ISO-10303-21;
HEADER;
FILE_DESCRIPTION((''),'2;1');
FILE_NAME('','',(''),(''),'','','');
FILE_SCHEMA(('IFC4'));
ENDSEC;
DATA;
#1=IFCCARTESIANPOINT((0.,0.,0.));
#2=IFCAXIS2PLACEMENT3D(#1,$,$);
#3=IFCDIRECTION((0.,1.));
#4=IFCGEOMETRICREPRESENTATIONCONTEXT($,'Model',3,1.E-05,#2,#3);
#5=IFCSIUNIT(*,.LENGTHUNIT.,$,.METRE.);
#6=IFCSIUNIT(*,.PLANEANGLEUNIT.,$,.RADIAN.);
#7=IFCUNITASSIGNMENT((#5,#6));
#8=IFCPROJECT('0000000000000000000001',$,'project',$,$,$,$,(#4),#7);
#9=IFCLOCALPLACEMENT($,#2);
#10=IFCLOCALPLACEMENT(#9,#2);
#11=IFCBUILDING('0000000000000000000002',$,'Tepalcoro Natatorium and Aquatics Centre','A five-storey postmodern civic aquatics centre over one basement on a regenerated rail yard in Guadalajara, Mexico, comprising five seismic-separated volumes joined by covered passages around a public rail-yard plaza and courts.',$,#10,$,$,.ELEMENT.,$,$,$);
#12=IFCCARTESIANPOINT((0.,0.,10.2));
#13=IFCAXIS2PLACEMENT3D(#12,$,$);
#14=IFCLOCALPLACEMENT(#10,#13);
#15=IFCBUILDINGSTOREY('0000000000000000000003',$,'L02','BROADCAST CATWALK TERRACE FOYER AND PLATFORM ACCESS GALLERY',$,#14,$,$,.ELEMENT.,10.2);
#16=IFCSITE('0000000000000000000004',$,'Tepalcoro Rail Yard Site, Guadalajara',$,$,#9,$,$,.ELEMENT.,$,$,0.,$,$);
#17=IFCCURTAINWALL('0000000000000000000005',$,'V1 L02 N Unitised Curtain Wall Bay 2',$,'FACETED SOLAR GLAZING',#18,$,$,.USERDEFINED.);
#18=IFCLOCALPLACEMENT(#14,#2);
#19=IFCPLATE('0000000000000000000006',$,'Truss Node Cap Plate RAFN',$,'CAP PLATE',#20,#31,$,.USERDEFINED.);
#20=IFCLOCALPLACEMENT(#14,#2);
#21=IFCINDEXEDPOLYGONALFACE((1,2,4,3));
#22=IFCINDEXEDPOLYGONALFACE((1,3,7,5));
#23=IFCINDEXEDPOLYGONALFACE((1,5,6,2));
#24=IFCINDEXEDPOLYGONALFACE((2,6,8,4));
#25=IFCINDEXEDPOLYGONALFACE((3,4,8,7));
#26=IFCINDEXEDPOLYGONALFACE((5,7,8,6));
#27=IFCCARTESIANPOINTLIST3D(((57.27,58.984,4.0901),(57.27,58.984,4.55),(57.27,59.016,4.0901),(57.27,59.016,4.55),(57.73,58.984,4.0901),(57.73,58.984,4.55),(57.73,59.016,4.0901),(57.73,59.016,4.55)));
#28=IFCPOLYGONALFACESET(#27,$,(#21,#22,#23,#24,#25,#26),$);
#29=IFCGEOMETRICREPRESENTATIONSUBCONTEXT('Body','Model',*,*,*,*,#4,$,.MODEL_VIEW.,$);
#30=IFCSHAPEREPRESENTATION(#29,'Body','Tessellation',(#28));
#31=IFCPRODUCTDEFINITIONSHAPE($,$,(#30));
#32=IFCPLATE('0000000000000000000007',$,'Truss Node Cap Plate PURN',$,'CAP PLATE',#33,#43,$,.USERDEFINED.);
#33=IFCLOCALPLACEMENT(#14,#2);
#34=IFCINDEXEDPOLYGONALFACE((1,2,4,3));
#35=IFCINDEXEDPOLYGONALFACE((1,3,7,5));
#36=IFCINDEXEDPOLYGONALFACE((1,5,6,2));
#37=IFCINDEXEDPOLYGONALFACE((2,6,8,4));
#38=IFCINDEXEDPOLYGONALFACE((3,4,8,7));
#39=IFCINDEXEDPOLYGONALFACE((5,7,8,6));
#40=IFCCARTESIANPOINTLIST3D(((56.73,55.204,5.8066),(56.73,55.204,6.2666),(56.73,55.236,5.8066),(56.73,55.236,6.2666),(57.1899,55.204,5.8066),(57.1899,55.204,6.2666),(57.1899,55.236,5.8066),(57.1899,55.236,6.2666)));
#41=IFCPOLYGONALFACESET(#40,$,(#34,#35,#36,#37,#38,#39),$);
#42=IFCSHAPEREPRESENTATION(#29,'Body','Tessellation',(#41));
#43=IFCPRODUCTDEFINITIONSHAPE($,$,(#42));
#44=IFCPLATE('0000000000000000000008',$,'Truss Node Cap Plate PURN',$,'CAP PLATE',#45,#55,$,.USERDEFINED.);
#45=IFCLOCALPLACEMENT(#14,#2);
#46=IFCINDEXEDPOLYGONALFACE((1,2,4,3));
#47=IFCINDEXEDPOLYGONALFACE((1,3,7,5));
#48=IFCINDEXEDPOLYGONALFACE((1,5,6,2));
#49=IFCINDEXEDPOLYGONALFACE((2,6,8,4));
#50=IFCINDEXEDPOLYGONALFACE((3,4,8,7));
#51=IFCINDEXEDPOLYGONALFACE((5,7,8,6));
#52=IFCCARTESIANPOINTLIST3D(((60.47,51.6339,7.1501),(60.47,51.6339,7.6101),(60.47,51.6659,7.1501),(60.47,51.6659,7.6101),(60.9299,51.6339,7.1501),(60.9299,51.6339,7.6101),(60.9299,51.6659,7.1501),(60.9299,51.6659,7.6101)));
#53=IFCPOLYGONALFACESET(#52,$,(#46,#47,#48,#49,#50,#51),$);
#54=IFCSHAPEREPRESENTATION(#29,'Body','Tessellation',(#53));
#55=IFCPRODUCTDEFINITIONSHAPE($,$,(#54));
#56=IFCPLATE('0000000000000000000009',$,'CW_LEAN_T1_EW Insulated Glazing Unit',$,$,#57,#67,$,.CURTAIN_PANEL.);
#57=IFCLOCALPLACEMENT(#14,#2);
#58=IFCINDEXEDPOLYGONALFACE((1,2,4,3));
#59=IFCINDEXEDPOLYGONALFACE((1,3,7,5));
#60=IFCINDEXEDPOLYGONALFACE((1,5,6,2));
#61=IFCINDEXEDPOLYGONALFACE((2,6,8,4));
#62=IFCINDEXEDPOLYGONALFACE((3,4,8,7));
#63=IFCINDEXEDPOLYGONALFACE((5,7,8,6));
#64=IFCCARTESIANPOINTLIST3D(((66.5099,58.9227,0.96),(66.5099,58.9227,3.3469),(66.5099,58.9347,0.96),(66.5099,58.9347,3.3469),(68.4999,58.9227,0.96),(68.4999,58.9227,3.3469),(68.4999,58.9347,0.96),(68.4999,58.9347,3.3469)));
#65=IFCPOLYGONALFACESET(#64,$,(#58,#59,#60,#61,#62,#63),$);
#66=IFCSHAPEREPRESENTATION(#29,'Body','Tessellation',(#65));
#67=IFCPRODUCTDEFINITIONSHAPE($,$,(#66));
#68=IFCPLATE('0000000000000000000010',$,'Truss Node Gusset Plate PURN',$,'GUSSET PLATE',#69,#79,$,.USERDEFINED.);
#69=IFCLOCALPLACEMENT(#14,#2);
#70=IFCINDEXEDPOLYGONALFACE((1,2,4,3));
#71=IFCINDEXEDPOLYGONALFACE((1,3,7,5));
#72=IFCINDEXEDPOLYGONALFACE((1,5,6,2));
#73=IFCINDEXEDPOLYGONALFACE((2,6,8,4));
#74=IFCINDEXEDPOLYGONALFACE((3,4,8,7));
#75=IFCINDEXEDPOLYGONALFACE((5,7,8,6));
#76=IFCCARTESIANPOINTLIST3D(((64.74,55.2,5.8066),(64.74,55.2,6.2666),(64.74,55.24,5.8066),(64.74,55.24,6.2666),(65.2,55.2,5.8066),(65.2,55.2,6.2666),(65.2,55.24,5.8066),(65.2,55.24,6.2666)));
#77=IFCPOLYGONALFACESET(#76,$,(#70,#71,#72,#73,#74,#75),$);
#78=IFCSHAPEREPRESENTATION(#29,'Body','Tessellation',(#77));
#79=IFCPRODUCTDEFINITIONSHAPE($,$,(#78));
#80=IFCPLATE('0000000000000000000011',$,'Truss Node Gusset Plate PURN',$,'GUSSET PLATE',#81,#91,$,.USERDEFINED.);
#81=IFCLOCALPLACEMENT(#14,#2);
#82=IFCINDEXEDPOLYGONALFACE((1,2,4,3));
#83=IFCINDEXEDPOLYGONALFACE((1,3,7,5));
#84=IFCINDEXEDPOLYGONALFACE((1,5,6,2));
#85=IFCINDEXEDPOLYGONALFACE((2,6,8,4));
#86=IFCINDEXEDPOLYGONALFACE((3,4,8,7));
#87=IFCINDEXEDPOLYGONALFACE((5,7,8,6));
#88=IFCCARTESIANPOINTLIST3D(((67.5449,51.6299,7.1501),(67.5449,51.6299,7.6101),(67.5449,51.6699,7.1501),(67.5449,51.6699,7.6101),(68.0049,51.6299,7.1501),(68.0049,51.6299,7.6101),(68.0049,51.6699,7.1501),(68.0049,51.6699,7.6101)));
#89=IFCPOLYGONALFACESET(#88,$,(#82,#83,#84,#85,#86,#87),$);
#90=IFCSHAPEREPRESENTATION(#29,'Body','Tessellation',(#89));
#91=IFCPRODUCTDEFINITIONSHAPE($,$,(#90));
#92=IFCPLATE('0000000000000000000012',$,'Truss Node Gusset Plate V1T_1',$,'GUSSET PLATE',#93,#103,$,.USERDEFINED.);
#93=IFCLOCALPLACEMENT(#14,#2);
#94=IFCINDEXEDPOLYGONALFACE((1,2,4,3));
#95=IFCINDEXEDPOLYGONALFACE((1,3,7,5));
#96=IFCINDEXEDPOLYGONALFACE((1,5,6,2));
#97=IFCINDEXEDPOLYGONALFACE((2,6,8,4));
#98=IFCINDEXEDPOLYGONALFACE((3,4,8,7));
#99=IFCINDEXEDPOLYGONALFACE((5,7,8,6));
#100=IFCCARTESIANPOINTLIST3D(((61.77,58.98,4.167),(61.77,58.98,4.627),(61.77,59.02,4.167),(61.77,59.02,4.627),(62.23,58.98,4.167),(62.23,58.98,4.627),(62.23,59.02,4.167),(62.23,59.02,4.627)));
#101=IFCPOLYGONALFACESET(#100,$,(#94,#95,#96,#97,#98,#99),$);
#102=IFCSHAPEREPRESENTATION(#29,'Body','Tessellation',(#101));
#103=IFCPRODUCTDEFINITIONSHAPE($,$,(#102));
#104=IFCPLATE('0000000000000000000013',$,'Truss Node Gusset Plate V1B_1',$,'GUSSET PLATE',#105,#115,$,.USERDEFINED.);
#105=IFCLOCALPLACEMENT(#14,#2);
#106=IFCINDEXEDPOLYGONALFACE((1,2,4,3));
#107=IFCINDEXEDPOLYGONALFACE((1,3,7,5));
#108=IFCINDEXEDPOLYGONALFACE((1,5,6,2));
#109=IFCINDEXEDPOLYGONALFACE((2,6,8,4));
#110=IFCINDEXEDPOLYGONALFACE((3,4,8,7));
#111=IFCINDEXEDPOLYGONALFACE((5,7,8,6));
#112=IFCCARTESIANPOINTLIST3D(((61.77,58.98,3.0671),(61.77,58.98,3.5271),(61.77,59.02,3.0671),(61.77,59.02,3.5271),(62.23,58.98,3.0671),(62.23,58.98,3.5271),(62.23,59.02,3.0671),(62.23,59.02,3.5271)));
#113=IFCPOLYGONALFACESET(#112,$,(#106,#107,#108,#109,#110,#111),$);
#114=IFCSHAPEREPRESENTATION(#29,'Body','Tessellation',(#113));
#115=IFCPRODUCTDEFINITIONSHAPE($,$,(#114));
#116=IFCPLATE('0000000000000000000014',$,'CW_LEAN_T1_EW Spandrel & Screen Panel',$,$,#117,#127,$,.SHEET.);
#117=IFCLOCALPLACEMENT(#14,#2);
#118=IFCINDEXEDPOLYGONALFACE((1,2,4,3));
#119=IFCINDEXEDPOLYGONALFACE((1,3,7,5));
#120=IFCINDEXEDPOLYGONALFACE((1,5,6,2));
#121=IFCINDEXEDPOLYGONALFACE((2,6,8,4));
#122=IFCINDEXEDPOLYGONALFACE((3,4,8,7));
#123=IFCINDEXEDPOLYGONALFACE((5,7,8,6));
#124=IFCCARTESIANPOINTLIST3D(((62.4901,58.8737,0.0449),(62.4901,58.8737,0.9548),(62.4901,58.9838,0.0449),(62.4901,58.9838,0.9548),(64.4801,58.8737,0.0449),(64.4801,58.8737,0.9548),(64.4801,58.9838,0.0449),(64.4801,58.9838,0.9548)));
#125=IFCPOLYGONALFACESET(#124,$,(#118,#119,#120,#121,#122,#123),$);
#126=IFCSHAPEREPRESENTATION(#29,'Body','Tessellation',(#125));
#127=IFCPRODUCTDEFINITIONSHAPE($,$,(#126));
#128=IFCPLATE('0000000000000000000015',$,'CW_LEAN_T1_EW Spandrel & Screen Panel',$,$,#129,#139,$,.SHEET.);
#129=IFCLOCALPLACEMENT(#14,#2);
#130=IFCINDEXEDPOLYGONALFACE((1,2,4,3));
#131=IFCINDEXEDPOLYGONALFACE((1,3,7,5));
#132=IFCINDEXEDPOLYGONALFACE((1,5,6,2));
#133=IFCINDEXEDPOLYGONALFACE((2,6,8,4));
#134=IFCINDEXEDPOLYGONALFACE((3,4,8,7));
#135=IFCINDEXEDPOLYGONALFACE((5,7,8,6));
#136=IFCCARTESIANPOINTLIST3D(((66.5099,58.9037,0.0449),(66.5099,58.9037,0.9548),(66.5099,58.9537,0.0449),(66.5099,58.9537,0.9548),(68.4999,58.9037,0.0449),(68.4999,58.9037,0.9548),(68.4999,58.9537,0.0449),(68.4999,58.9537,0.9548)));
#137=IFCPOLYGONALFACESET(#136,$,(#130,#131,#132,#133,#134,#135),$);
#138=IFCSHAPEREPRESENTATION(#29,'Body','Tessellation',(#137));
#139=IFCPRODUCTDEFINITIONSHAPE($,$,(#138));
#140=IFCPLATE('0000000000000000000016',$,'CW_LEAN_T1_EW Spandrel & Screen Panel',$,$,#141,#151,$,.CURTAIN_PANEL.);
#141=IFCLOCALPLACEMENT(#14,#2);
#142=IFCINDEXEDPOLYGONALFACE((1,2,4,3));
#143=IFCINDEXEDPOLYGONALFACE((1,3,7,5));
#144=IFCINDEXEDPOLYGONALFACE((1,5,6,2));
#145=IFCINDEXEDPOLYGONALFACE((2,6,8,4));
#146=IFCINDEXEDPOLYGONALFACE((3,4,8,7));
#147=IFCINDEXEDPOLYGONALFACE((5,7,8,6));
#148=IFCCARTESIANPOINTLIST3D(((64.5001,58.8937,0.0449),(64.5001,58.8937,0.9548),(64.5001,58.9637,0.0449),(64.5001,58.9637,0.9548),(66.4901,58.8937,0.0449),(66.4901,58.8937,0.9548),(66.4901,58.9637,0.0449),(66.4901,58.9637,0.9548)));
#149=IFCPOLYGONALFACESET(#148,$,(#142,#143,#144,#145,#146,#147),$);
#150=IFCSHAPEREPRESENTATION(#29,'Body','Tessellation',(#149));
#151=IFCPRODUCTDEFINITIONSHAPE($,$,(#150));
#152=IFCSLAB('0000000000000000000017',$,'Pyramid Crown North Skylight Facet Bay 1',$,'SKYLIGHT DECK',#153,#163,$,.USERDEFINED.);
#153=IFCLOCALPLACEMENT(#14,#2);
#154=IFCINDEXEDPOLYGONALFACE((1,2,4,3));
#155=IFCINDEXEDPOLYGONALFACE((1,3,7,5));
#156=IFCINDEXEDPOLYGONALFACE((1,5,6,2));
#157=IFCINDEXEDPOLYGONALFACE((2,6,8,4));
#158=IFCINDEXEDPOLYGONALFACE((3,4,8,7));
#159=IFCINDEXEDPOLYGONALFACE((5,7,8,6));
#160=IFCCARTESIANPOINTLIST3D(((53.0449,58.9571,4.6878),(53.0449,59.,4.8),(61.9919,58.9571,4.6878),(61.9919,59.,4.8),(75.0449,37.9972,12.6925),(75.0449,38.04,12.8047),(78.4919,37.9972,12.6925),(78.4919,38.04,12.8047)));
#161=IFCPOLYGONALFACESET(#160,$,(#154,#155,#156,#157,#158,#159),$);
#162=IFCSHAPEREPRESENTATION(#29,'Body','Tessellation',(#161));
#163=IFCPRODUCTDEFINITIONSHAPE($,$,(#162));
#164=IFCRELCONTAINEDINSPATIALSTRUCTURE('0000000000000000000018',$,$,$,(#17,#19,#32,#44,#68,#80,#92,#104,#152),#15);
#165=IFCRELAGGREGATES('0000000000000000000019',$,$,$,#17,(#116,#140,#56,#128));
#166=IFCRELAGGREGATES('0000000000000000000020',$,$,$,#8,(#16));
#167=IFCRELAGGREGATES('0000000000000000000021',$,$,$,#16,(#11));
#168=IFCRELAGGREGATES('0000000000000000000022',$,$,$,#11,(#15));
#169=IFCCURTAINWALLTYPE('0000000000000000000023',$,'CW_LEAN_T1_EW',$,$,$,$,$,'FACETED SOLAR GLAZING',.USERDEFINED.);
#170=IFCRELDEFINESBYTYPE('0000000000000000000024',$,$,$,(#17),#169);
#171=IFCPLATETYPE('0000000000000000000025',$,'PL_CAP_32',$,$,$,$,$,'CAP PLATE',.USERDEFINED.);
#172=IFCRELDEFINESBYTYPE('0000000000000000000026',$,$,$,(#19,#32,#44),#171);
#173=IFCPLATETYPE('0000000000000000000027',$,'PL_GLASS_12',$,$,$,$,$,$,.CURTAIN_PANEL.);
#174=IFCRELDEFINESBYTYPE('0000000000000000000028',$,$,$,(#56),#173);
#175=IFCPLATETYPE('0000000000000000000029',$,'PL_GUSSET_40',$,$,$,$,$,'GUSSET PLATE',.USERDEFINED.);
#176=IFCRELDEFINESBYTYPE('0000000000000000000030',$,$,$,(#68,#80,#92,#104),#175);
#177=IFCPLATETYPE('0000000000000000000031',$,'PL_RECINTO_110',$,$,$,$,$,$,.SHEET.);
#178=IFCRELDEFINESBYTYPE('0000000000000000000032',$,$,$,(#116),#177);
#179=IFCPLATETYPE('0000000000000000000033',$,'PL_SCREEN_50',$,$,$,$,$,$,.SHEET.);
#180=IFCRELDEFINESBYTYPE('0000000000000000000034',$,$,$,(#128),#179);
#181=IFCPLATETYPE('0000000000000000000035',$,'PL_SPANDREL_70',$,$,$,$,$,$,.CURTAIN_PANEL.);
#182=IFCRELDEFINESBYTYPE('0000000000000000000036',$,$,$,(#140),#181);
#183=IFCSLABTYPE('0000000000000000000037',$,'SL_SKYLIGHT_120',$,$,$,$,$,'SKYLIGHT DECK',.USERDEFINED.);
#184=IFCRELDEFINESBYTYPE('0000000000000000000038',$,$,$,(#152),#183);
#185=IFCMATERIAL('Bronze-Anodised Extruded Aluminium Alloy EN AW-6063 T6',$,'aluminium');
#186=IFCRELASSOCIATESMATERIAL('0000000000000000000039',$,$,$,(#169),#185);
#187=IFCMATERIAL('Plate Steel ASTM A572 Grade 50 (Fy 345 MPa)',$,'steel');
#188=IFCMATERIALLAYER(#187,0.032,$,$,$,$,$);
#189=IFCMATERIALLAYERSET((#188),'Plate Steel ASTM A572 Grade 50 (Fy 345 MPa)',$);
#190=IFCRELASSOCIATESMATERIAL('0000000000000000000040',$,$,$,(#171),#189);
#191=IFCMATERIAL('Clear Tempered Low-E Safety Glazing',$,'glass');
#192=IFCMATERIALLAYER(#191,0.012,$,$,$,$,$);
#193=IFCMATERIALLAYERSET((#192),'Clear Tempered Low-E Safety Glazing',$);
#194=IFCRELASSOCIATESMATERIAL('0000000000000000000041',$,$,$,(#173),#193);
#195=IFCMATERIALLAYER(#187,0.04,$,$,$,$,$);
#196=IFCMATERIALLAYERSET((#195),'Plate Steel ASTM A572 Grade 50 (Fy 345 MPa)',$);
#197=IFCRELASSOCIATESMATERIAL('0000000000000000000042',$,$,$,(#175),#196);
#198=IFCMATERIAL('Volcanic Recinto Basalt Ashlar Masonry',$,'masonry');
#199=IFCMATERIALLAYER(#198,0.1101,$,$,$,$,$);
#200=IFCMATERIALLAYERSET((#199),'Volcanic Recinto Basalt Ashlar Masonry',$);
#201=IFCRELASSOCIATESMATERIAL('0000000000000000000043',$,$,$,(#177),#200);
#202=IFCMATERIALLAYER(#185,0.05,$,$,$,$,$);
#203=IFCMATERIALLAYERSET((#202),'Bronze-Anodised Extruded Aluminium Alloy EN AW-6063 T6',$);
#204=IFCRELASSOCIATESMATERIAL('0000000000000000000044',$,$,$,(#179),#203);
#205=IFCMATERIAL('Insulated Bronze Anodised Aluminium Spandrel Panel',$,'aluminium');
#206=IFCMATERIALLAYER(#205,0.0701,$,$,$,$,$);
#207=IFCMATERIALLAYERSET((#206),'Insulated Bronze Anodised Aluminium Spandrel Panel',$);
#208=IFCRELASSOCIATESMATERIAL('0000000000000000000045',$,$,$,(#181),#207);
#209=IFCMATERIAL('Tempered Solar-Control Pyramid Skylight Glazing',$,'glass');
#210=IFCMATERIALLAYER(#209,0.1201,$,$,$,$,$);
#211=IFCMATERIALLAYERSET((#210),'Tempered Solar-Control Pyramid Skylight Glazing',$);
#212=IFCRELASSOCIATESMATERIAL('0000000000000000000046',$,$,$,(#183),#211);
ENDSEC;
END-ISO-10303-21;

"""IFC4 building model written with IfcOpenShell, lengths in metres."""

from ifc_helpers import new_model, si_unit, direction, frame, origin, origin_2d, place, context, subcontext, project, spatial, polyline, rectangle, outline, extrude, material, layer, layer_set, type_object, element, aggregate, save


model = new_model("IFC4")

# Units and contexts
model_context = context("Model", 3, precision=1e-05, world=origin(), true_north=direction((0.0, 1.0)))
body_context = subcontext(model_context, "Body", "Model", "MODEL_VIEW")
ifc_project = project(units=[si_unit("LENGTHUNIT", "METRE"), si_unit("PLANEANGLEUNIT", "RADIAN")], contexts=[model_context])

# Site, building, storey
site_placement = place(None, origin())
site = spatial("IfcSite", under=ifc_project, at=site_placement, Name="Tepalcoro Rail Yard Site, Guadalajara", CompositionType="ELEMENT", RefElevation=0.0)
building_placement = place(site_placement, origin())
building = spatial("IfcBuilding", under=site, at=building_placement, Name="Tepalcoro Natatorium and Aquatics Centre", Description="A five-storey postmodern civic aquatics centre over one basement on a regenerated rail yard in Guadalajara, Mexico, comprising five seismic-separated volumes joined by covered passages around a public rail-yard plaza and courts.", CompositionType="ELEMENT")
storey_placement = place(building_placement, frame((0.0, 0.0, 10.2)))
storey = spatial("IfcBuildingStorey", under=building, at=storey_placement, Name="L02", Description="BROADCAST CATWALK TERRACE FOYER AND PLATFORM ACCESS GALLERY", CompositionType="ELEMENT", Elevation=10.2)

# Curtain wall
ifc_material_1 = material(Name="Bronze-Anodised Extruded Aluminium Alloy EN AW-6063 T6", Category="aluminium")
curtain_wall_type = type_object("IfcCurtainWallType", Name="CW_LEAN_T1_EW", ElementType="FACETED SOLAR GLAZING", PredefinedType="USERDEFINED", material=ifc_material_1)
curtain_wall_placement = place(storey_placement, origin())
curtain_wall = element("IfcCurtainWall", 1, at=curtain_wall_placement, inside=storey, type_object=curtain_wall_type, Name="V1 L02 N Unitised Curtain Wall Bay 2", ObjectType="FACETED SOLAR GLAZING", PredefinedType="USERDEFINED")

# Plates
ifc_material_2 = material(Name="Plate Steel ASTM A572 Grade 50 (Fy 345 MPa)", Category="steel")
ifc_layer_1 = layer(ifc_material_2, 0.032)
ifc_layer_set_1 = layer_set([ifc_layer_1], Name="Plate Steel ASTM A572 Grade 50 (Fy 345 MPa)")
plate_type_1 = type_object("IfcPlateType", Name="PL_CAP_32", ElementType="CAP PLATE", PredefinedType="USERDEFINED", material=ifc_layer_set_1)
for number, where, z_axis, x_axis, name in (
    (2, (57.5, 59.0, 4.0901), (0.0, 0.0, 1.0), (1.0, 0.0, 0.0), "Truss Node Cap Plate RAFN"),
    (3, (56.96, 55.22, 5.8066), (0.0, 0.0, 1.0), (1.0, 0.0, 0.0), "Truss Node Cap Plate PURN"),
    (4, (60.7, 51.6499, 7.1501), (0.0, 0.0, 1.0), (1.0, 0.0, 0.0), "Truss Node Cap Plate PURN"),
):
    element("IfcPlate", number, at=place(storey_placement, frame(where, z_axis=z_axis, x_axis=x_axis)), inside=storey, type_object=plate_type_1, Name=name, ObjectType="CAP PLATE", PredefinedType="USERDEFINED", context=body_context, shape_type="SweptSolid", body=[
        extrude(rectangle(XDim=0.46, YDim=0.032, at=origin_2d()), origin(), (0.0, 0.0, 1.0), 0.46),
    ])

# Plate
ifc_material_3 = material(Name="Clear Tempered Low-E Safety Glazing", Category="glass")
ifc_layer_2 = layer(ifc_material_3, 0.012)
ifc_layer_set_2 = layer_set([ifc_layer_2], Name="Clear Tempered Low-E Safety Glazing")
plate_type_2 = type_object("IfcPlateType", Name="PL_GLASS_12", PredefinedType="CURTAIN_PANEL", material=ifc_layer_set_2)
plate_1_placement = place(storey_placement, frame((67.5049, 58.9287, 0.96), z_axis=(0.0, 0.0, 1.0), x_axis=(1.0, 0.0, 0.0)))
plate_1 = element("IfcPlate", 5, at=plate_1_placement, type_object=plate_type_2, Name="CW_LEAN_T1_EW Insulated Glazing Unit", PredefinedType="CURTAIN_PANEL", context=body_context, shape_type="SweptSolid", body=[
    extrude(rectangle(XDim=1.99, YDim=0.012, at=origin_2d()), origin(), (0.0, 0.0, 1.0), 2.387),
])

# Plates
ifc_layer_3 = layer(ifc_material_2, 0.04)
ifc_layer_set_3 = layer_set([ifc_layer_3], Name="Plate Steel ASTM A572 Grade 50 (Fy 345 MPa)")
plate_type_3 = type_object("IfcPlateType", Name="PL_GUSSET_40", ElementType="GUSSET PLATE", PredefinedType="USERDEFINED", material=ifc_layer_set_3)
for number, where, z_axis, x_axis, name in (
    (6, (64.97, 55.22, 5.8066), (0.0, 0.0, 1.0), (1.0, 0.0, 0.0), "Truss Node Gusset Plate PURN"),
    (7, (67.7749, 51.6499, 7.1501), (0.0, 0.0, 1.0), (1.0, 0.0, 0.0), "Truss Node Gusset Plate PURN"),
    (8, (62.0, 59.0, 4.167), (0.0, 0.0, 1.0), (1.0, 0.0, 0.0), "Truss Node Gusset Plate V1T_1"),
    (9, (62.0, 59.0, 3.0671), (0.0, 0.0, 1.0), (1.0, 0.0, 0.0), "Truss Node Gusset Plate V1B_1"),
):
    element("IfcPlate", number, at=place(storey_placement, frame(where, z_axis=z_axis, x_axis=x_axis)), inside=storey, type_object=plate_type_3, Name=name, ObjectType="GUSSET PLATE", PredefinedType="USERDEFINED", context=body_context, shape_type="SweptSolid", body=[
        extrude(rectangle(XDim=0.46, YDim=0.04, at=origin_2d()), origin(), (0.0, 0.0, 1.0), 0.46),
    ])

# Plates
ifc_material_4 = material(Name="Volcanic Recinto Basalt Ashlar Masonry", Category="masonry")
ifc_layer_4 = layer(ifc_material_4, 0.1101)
ifc_layer_set_4 = layer_set([ifc_layer_4], Name="Volcanic Recinto Basalt Ashlar Masonry")
plate_type_4 = type_object("IfcPlateType", Name="PL_RECINTO_110", PredefinedType="SHEET", material=ifc_layer_set_4)
plate_2_placement = place(storey_placement, frame((63.4851, 58.9287, 0.0449), z_axis=(0.0, 0.0, 1.0), x_axis=(1.0, 0.0, 0.0)))
plate_2 = element("IfcPlate", 10, at=plate_2_placement, type_object=plate_type_4, Name="CW_LEAN_T1_EW Spandrel & Screen Panel", PredefinedType="SHEET", context=body_context, shape_type="SweptSolid", body=[
    extrude(rectangle(XDim=1.99, YDim=0.1101, at=origin_2d()), origin(), (0.0, 0.0, 1.0), 0.9099),
])
ifc_layer_5 = layer(ifc_material_1, 0.05)
ifc_layer_set_5 = layer_set([ifc_layer_5], Name="Bronze-Anodised Extruded Aluminium Alloy EN AW-6063 T6")
plate_type_5 = type_object("IfcPlateType", Name="PL_SCREEN_50", PredefinedType="SHEET", material=ifc_layer_set_5)
plate_3_placement = place(storey_placement, frame((67.5049, 58.9287, 0.0449), z_axis=(0.0, 0.0, 1.0), x_axis=(1.0, 0.0, 0.0)))
plate_3 = element("IfcPlate", 11, at=plate_3_placement, type_object=plate_type_5, Name="CW_LEAN_T1_EW Spandrel & Screen Panel", PredefinedType="SHEET", context=body_context, shape_type="SweptSolid", body=[
    extrude(rectangle(XDim=1.99, YDim=0.05, at=origin_2d()), origin(), (0.0, 0.0, 1.0), 0.9099),
])
ifc_material_5 = material(Name="Insulated Bronze Anodised Aluminium Spandrel Panel", Category="aluminium")
ifc_layer_6 = layer(ifc_material_5, 0.0701)
ifc_layer_set_6 = layer_set([ifc_layer_6], Name="Insulated Bronze Anodised Aluminium Spandrel Panel")
plate_type_6 = type_object("IfcPlateType", Name="PL_SPANDREL_70", PredefinedType="CURTAIN_PANEL", material=ifc_layer_set_6)
plate_4_placement = place(storey_placement, frame((65.4951, 58.9287, 0.0449), z_axis=(0.0, 0.0, 1.0), x_axis=(1.0, 0.0, 0.0)))
plate_4 = element("IfcPlate", 12, at=plate_4_placement, type_object=plate_type_6, Name="CW_LEAN_T1_EW Spandrel & Screen Panel", PredefinedType="CURTAIN_PANEL", context=body_context, shape_type="SweptSolid", body=[
    extrude(rectangle(XDim=1.99, YDim=0.0701, at=origin_2d()), origin(), (0.0, 0.0, 1.0), 0.9099),
])
aggregate(curtain_wall, [plate_2, plate_4, plate_1, plate_3])

# Slab
ifc_material_6 = material(Name="Tempered Solar-Control Pyramid Skylight Glazing", Category="glass")
ifc_layer_7 = layer(ifc_material_6, 0.1201)
ifc_layer_set_7 = layer_set([ifc_layer_7], Name="Tempered Solar-Control Pyramid Skylight Glazing")
slab_type = type_object("IfcSlabType", Name="SL_SKYLIGHT_120", ElementType="SKYLIGHT DECK", PredefinedType="USERDEFINED", material=ifc_layer_set_7)
slab_placement = place(storey_placement, frame((61.9919, 59.0, 4.8), z_axis=(0.0, 0.356769, 0.934192), x_axis=(-1.0, 0.0, 0.0)))
element("IfcSlab", 13, at=slab_placement, inside=storey, type_object=slab_type, Name="Pyramid Crown North Skylight Facet Bay 1", ObjectType="SKYLIGHT DECK", PredefinedType="USERDEFINED", context=body_context, shape_type="SweptSolid", body=[
    extrude(outline(polyline([(0.0, 0.0), (8.947, 0.0), (-13.053, 22.4364), (-16.5, 22.4364), (0.0, 0.0)])), origin(), (0.0, 0.0, -1.0), 0.1201),
])

save(model, "model.ifc")
